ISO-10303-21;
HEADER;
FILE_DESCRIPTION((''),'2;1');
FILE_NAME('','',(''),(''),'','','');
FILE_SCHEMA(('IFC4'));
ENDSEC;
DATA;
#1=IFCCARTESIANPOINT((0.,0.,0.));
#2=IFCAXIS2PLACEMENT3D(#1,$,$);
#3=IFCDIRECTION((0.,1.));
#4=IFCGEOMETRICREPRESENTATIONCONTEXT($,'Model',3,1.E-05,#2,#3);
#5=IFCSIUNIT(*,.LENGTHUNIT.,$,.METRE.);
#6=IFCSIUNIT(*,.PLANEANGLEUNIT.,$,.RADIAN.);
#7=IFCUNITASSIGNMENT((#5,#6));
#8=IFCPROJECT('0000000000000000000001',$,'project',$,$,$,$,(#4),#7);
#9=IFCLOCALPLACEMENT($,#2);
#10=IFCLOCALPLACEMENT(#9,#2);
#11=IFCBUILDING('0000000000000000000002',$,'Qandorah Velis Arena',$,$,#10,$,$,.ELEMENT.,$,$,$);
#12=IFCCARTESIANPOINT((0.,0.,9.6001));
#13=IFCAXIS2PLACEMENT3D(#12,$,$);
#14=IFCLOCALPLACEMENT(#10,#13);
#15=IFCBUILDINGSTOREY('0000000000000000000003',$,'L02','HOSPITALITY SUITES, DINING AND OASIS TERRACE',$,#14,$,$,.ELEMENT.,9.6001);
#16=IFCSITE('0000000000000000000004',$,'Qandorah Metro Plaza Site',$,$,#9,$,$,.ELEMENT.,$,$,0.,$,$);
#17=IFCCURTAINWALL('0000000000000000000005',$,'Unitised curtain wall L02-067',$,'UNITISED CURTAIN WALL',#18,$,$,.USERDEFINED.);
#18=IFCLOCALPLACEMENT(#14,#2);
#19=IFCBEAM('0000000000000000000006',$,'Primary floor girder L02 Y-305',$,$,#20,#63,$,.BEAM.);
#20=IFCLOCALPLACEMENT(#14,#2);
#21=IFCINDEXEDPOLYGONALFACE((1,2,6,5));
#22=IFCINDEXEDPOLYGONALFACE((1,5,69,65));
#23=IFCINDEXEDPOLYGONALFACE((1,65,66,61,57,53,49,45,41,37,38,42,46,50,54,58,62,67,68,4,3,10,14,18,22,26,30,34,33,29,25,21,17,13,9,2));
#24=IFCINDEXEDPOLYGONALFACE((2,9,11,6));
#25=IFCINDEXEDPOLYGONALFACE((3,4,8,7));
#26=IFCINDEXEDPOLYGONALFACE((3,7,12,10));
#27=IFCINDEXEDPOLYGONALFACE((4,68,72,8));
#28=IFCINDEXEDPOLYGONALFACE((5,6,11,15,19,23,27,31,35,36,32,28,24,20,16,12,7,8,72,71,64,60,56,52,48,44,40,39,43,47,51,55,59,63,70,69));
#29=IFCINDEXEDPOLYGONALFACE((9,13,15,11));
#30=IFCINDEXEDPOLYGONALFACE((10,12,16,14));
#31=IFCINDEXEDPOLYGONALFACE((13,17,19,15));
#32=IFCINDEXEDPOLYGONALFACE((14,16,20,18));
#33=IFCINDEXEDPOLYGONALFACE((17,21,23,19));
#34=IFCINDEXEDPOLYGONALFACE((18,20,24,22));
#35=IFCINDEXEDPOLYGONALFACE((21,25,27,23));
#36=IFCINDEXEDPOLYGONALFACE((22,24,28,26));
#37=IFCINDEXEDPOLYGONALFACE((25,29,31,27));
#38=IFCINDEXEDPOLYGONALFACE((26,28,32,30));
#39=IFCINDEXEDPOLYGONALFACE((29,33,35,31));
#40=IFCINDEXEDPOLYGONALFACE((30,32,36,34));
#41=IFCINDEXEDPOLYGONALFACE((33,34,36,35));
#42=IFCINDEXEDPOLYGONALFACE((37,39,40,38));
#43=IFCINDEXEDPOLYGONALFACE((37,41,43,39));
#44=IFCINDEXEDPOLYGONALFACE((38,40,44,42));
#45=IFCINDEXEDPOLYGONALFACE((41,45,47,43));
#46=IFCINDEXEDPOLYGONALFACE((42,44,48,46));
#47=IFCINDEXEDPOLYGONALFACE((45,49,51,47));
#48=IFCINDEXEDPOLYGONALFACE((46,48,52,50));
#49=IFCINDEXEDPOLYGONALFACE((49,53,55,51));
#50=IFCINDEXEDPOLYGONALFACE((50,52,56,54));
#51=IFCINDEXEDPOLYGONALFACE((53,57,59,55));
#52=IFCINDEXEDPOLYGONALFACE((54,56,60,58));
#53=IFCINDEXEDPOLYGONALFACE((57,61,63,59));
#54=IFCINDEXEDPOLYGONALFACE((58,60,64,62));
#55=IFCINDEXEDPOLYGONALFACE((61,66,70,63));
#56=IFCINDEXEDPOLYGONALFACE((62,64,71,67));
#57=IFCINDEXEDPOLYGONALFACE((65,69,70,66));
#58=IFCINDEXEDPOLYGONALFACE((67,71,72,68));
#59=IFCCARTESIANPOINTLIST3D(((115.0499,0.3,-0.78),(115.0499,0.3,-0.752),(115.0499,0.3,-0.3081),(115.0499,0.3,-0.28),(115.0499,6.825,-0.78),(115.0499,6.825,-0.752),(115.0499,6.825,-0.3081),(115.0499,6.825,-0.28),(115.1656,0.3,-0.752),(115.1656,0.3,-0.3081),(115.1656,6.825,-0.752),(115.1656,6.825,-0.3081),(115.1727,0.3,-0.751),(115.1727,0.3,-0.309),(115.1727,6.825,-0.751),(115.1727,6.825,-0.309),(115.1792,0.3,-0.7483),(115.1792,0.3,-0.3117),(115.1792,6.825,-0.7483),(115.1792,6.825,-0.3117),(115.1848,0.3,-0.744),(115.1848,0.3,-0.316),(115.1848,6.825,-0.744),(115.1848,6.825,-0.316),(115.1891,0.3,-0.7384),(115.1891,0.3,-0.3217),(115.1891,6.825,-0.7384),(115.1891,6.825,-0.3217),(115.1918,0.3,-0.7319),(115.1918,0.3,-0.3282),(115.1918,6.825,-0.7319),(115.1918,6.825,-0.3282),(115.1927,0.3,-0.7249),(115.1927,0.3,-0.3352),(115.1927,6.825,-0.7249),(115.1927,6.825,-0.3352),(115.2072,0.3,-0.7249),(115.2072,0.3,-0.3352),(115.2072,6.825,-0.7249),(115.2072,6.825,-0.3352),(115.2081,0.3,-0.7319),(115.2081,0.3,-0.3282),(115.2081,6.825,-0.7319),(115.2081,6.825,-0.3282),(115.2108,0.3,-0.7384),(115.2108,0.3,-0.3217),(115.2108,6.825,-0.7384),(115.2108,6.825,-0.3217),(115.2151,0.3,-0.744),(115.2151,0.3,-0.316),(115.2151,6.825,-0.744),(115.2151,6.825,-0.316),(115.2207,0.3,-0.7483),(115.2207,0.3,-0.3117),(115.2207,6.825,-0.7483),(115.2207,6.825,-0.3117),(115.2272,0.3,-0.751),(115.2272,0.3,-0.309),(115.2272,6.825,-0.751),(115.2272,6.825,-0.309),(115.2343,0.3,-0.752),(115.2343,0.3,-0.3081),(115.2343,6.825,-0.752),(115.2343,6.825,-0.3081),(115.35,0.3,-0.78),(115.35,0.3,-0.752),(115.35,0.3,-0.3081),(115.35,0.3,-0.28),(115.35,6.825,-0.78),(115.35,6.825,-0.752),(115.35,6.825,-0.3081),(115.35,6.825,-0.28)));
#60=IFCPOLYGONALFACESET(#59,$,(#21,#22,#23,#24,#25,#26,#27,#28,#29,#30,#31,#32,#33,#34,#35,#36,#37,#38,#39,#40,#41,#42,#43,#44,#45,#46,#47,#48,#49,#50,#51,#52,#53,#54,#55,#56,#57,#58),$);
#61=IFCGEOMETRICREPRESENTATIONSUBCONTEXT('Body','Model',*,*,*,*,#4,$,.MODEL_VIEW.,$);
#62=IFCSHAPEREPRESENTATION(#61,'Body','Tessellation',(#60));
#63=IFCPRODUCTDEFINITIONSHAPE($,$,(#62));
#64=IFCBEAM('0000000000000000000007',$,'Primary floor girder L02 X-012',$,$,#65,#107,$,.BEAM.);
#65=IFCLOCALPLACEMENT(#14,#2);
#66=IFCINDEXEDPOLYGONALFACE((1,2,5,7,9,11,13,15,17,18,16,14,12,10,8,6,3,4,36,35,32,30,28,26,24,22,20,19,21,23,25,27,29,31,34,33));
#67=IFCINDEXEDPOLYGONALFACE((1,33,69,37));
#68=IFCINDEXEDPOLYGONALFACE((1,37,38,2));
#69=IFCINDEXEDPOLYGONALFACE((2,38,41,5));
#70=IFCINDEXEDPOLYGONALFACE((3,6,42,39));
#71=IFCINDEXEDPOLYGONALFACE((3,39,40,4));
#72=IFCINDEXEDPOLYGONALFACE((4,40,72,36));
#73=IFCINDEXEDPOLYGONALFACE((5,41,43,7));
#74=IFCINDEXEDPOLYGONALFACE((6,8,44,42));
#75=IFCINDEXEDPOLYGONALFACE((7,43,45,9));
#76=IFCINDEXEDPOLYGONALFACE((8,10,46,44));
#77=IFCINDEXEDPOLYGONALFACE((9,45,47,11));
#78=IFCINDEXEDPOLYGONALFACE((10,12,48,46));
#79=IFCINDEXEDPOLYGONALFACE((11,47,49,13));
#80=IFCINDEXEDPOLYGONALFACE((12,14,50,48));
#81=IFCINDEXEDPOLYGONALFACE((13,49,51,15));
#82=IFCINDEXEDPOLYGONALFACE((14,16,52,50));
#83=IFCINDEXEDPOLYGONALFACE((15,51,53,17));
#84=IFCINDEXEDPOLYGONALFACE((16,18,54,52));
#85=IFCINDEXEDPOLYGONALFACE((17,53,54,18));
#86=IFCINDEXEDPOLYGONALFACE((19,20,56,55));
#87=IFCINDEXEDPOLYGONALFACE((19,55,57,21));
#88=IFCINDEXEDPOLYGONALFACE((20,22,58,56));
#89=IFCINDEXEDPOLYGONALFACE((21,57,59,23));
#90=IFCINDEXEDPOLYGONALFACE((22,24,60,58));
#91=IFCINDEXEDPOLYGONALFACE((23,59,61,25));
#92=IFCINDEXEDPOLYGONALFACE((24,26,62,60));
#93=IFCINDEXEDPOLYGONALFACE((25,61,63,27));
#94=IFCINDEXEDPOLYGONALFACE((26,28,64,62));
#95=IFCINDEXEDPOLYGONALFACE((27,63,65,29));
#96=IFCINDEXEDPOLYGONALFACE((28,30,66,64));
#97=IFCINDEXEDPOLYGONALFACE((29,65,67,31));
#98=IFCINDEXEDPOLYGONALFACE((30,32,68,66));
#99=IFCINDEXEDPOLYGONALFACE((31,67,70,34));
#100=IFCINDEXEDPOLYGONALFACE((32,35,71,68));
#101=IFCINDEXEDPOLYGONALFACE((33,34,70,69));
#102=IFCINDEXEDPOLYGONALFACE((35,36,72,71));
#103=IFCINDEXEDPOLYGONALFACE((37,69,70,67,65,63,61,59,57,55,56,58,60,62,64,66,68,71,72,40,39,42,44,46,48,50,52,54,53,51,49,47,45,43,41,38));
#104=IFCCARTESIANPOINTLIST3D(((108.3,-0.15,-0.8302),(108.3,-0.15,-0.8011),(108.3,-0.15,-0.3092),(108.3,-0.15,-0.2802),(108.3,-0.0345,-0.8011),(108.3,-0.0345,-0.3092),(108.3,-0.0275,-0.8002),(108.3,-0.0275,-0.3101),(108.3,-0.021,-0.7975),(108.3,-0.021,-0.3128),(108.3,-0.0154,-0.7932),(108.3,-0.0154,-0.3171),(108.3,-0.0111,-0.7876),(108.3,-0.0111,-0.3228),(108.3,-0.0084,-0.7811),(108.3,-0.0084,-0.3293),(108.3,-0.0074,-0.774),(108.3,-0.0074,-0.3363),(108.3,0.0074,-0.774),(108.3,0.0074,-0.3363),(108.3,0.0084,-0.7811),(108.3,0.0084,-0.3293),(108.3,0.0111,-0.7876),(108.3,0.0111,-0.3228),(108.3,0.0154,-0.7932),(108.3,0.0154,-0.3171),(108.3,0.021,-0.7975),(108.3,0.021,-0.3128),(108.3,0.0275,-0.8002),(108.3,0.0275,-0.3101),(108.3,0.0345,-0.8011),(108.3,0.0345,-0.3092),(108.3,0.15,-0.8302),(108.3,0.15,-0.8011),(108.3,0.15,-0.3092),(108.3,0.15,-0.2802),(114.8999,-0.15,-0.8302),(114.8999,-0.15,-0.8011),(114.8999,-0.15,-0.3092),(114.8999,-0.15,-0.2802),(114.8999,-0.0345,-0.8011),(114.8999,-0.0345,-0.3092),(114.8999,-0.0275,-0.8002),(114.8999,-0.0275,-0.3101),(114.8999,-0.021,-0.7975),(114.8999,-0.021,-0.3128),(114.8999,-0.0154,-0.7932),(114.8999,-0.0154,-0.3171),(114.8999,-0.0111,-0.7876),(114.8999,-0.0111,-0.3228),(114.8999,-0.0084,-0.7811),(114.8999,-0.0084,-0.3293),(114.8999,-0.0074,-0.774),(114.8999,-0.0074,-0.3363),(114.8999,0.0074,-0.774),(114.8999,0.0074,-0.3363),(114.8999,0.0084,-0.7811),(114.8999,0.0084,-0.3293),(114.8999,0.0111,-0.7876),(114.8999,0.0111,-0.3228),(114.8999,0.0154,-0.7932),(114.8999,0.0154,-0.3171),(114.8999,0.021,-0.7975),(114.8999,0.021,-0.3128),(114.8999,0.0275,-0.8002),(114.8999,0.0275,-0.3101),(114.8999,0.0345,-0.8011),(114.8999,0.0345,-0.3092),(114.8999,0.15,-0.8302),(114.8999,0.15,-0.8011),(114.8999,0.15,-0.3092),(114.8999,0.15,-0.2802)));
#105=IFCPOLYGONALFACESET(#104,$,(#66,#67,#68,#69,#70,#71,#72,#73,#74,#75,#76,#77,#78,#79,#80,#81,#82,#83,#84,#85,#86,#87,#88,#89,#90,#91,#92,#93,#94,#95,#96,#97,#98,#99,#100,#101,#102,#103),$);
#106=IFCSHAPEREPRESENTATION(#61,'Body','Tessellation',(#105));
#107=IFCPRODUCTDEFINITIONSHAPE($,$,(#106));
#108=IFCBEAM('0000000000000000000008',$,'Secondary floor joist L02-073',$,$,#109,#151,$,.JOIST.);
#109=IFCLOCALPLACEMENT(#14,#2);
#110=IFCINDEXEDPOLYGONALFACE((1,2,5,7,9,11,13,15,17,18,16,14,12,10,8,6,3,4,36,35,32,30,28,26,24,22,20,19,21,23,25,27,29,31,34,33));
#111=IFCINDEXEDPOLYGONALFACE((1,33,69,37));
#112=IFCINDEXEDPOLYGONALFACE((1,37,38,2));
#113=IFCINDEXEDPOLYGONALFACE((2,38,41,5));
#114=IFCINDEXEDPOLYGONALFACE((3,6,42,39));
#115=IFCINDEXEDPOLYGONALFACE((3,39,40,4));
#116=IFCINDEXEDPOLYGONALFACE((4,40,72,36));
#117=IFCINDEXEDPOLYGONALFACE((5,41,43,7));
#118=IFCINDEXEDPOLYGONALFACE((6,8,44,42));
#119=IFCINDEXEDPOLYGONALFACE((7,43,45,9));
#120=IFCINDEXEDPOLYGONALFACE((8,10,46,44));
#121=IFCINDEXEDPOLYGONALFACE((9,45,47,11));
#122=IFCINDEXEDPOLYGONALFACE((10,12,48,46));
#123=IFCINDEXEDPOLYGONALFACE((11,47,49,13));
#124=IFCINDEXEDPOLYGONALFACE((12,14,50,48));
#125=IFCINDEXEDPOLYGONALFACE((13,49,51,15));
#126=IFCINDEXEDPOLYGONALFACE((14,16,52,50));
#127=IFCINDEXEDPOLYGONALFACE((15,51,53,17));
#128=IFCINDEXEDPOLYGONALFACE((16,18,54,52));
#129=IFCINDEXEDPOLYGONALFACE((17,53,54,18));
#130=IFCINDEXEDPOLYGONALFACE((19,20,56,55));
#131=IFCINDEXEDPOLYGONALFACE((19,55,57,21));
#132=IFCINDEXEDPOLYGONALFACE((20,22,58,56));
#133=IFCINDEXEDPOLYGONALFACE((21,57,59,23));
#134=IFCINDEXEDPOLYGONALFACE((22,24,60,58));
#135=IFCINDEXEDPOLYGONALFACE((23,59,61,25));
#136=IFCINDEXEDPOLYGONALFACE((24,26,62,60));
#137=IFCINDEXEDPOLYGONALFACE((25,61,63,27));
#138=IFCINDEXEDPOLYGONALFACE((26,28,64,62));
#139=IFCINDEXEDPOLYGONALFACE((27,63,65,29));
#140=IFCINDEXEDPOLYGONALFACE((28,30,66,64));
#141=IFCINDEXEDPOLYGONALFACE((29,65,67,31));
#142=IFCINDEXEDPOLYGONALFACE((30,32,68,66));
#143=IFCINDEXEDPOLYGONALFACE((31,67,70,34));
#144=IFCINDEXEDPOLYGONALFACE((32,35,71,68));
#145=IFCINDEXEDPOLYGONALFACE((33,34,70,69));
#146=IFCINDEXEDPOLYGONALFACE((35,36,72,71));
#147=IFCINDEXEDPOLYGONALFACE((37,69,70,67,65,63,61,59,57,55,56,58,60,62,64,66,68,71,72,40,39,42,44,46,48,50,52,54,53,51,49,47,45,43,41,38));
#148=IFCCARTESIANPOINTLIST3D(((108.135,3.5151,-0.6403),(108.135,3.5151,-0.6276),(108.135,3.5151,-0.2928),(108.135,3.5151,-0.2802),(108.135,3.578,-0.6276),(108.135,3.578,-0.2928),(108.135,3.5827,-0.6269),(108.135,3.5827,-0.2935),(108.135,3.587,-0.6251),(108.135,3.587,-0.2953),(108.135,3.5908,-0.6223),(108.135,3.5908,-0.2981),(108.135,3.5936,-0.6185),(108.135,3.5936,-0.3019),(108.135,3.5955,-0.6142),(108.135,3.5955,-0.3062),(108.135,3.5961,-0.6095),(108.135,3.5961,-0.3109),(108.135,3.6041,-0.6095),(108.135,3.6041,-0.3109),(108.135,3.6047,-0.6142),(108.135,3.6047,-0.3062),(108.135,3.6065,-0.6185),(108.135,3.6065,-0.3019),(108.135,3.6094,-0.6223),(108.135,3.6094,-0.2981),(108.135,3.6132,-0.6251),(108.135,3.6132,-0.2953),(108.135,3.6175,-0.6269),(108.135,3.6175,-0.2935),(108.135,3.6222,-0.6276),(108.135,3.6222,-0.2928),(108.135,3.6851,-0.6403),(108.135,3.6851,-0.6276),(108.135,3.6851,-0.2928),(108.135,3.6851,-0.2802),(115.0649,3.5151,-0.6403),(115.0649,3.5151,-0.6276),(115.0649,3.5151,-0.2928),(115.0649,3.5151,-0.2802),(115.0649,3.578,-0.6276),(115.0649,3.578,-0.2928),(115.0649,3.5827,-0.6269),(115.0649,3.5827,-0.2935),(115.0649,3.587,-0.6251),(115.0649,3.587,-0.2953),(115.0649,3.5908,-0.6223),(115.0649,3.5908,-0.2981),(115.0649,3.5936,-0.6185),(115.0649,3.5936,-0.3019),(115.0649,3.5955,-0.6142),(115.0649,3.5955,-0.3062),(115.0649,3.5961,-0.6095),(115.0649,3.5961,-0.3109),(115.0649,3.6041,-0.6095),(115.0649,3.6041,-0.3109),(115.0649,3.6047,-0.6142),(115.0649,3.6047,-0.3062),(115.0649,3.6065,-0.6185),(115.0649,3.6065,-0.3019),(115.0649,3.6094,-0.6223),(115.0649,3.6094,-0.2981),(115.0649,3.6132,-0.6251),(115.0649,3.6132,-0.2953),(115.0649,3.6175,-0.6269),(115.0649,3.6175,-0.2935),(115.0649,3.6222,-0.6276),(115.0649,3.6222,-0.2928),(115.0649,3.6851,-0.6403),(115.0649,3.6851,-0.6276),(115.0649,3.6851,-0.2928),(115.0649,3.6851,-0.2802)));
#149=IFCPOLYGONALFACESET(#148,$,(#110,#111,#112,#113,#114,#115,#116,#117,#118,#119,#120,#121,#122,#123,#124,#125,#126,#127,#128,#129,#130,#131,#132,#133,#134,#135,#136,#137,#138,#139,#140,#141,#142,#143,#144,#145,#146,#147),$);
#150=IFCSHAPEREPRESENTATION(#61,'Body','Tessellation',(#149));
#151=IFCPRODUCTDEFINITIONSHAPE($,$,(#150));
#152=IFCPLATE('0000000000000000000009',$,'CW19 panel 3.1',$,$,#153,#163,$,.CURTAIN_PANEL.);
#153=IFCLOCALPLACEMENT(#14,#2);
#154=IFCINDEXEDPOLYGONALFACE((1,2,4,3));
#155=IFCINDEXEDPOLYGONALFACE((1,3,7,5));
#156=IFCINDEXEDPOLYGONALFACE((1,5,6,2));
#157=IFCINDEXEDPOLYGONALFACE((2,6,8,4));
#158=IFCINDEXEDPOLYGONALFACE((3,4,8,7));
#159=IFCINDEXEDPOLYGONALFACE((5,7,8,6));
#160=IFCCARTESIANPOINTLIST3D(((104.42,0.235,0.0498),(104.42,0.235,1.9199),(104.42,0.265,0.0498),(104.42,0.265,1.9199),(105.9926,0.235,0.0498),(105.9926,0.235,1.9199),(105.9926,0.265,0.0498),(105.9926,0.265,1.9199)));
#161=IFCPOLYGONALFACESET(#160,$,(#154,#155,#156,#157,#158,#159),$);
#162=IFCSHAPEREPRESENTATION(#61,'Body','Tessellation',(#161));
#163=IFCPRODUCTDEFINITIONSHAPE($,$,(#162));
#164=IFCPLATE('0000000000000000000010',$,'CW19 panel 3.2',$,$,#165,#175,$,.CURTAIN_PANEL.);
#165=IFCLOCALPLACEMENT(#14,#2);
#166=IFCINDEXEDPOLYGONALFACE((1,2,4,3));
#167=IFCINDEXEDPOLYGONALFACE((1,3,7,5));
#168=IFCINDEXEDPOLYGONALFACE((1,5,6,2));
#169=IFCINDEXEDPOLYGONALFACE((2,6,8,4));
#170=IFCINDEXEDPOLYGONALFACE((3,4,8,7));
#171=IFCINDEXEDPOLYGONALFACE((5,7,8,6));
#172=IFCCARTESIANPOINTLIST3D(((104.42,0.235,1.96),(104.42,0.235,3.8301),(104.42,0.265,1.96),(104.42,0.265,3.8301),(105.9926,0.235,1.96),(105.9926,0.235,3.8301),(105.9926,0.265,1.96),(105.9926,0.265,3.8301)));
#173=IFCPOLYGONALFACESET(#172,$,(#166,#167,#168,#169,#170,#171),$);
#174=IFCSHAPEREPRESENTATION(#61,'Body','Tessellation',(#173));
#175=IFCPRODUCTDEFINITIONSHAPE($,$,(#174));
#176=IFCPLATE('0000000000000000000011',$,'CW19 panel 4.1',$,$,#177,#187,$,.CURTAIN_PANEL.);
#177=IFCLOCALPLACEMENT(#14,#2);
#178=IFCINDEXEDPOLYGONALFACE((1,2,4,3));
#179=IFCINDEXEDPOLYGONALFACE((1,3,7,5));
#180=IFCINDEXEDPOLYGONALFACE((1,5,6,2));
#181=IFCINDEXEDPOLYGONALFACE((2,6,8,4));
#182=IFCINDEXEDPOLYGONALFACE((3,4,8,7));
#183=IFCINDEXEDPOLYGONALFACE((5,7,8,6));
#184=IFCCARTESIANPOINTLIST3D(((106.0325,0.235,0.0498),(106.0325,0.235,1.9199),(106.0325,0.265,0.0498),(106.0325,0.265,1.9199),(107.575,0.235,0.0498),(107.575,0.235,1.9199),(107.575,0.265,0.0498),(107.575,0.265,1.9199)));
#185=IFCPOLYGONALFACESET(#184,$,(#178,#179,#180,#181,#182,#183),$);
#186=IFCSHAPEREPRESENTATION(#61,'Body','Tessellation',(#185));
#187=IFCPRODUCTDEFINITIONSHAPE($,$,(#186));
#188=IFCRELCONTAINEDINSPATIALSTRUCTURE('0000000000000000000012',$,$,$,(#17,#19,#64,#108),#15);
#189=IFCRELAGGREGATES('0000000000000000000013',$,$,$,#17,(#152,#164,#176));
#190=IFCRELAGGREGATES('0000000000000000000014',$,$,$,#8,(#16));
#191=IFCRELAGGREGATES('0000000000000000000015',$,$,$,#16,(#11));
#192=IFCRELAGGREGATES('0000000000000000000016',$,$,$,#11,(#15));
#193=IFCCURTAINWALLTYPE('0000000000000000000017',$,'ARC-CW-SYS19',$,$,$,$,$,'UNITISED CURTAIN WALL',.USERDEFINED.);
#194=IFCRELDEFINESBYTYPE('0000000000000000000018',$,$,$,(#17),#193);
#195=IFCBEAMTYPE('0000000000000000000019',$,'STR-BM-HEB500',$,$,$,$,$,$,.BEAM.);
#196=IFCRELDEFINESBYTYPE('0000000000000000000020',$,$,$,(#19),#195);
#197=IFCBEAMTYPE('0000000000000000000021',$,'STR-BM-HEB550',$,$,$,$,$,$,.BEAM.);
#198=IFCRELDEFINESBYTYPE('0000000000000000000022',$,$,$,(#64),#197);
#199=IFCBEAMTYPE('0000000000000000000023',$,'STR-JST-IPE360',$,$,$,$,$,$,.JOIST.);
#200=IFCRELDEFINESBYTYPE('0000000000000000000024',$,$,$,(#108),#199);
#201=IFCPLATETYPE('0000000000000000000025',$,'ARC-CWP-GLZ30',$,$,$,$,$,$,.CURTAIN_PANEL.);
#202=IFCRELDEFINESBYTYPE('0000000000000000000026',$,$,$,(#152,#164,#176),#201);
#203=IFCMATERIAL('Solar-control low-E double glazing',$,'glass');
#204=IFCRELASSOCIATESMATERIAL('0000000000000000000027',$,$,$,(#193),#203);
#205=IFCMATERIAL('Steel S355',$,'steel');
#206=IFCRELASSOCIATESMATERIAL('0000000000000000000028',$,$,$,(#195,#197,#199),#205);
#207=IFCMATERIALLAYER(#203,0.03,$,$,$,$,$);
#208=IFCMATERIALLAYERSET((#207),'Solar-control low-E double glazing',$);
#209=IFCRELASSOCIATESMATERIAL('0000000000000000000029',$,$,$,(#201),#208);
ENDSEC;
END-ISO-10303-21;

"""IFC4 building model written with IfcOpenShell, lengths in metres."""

from ifc_helpers import new_model, si_unit, direction, frame, origin, origin_2d, place, context, subcontext, project, spatial, rectangle, i_section, extrude, material, layer, layer_set, material_profile, profile_set, type_object, element, aggregate, save


model = new_model("IFC4")

# Units and contexts
model_context = context("Model", 3, precision=1e-05, world=origin(), true_north=direction((0.0, 1.0)))
body_context = subcontext(model_context, "Body", "Model", "MODEL_VIEW")
ifc_project = project(units=[si_unit("LENGTHUNIT", "METRE"), si_unit("PLANEANGLEUNIT", "RADIAN")], contexts=[model_context])

# Site, building, storey
site_placement = place(None, origin())
site = spatial("IfcSite", under=ifc_project, at=site_placement, Name="Qandorah Metro Plaza Site", CompositionType="ELEMENT", RefElevation=0.0)
building_placement = place(site_placement, origin())
building = spatial("IfcBuilding", under=site, at=building_placement, Name="Qandorah Velis Arena", CompositionType="ELEMENT")
storey_placement = place(building_placement, frame((0.0, 0.0, 9.6001)))
storey = spatial("IfcBuildingStorey", under=building, at=storey_placement, Name="L02", Description="HOSPITALITY SUITES, DINING AND OASIS TERRACE", CompositionType="ELEMENT", Elevation=9.6001)

# Shared definitions
ifc_material_1 = material(Name="Steel S355", Category="steel")

# Curtain wall
ifc_material_2 = material(Name="Solar-control low-E double glazing", Category="glass")
curtain_wall_type = type_object("IfcCurtainWallType", Name="ARC-CW-SYS19", ElementType="UNITISED CURTAIN WALL", PredefinedType="USERDEFINED", material=ifc_material_2)
curtain_wall_placement = place(storey_placement, origin())
curtain_wall = element("IfcCurtainWall", 1, at=curtain_wall_placement, inside=storey, type_object=curtain_wall_type, Name="Unitised curtain wall L02-067", ObjectType="UNITISED CURTAIN WALL", PredefinedType="USERDEFINED")

# Beams
ifc_material_profile_1 = material_profile(ifc_material_1, i_section(OverallWidth=0.3, OverallDepth=0.5, WebThickness=0.0144, FlangeThickness=0.0281, FilletRadius=0.0271, at=origin_2d()), Name="HEB 500")
ifc_profile_set_1 = profile_set([ifc_material_profile_1], Name="Steel S355")
beam_type_1 = type_object("IfcBeamType", Name="STR-BM-HEB500", PredefinedType="BEAM", material=ifc_profile_set_1)
beam_1_placement = place(storey_placement, frame((115.2, 0.3, -0.53), z_axis=(0.0, 1.0, 0.0), x_axis=(-1.0, 0.0, 0.0)))
element("IfcBeam", 2, at=beam_1_placement, inside=storey, type_object=beam_type_1, Name="Primary floor girder L02 Y-305", PredefinedType="BEAM", context=body_context, shape_type="SweptSolid", body=[
    extrude(i_section(OverallWidth=0.3, OverallDepth=0.5, WebThickness=0.0144, FlangeThickness=0.0281, FilletRadius=0.0271, at=origin_2d()), origin(), (0.0, 0.0, 1.0), 6.5249),
])
ifc_material_profile_2 = material_profile(ifc_material_1, i_section(OverallWidth=0.3, OverallDepth=0.55, WebThickness=0.0149, FlangeThickness=0.0291, FilletRadius=0.0271, at=origin_2d()), Name="HEB 550")
ifc_profile_set_2 = profile_set([ifc_material_profile_2], Name="Steel S355")
beam_type_2 = type_object("IfcBeamType", Name="STR-BM-HEB550", PredefinedType="BEAM", material=ifc_profile_set_2)
beam_2_placement = place(storey_placement, frame((108.3, 0.0, -0.5552), z_axis=(1.0, 0.0, 0.0), x_axis=(0.0, 1.0, 0.0)))
element("IfcBeam", 3, at=beam_2_placement, inside=storey, type_object=beam_type_2, Name="Primary floor girder L02 X-012", PredefinedType="BEAM", context=body_context, shape_type="SweptSolid", body=[
    extrude(i_section(OverallWidth=0.3, OverallDepth=0.55, WebThickness=0.0149, FlangeThickness=0.0291, FilletRadius=0.0271, at=origin_2d()), origin(), (0.0, 0.0, 1.0), 6.5999),
])
ifc_material_profile_3 = material_profile(ifc_material_1, i_section(OverallWidth=0.1699, OverallDepth=0.3601, WebThickness=0.0081, FlangeThickness=0.0127, FilletRadius=0.0181, at=origin_2d()), Name="IPE 360")
ifc_profile_set_3 = profile_set([ifc_material_profile_3], Name="Steel S355")
beam_type_3 = type_object("IfcBeamType", Name="STR-JST-IPE360", PredefinedType="JOIST", material=ifc_profile_set_3)
beam_3_placement = place(storey_placement, frame((108.135, 3.6001, -0.4602), z_axis=(1.0, 0.0, 0.0), x_axis=(0.0, 1.0, 0.0)))
element("IfcBeam", 4, at=beam_3_placement, inside=storey, type_object=beam_type_3, Name="Secondary floor joist L02-073", PredefinedType="JOIST", context=body_context, shape_type="SweptSolid", body=[
    extrude(i_section(OverallWidth=0.1699, OverallDepth=0.3601, WebThickness=0.0081, FlangeThickness=0.0127, FilletRadius=0.0181, at=origin_2d()), origin(), (0.0, 0.0, 1.0), 6.9299),
])

# Plates
ifc_layer_1 = layer(ifc_material_2, 0.03)
ifc_layer_set_1 = layer_set([ifc_layer_1], Name="Solar-control low-E double glazing")
plate_type = type_object("IfcPlateType", Name="ARC-CWP-GLZ30", PredefinedType="CURTAIN_PANEL", material=ifc_layer_set_1)
plate_1_placement = place(storey_placement, frame((105.2063, 0.25, 0.0498), z_axis=(0.0, 0.0, 1.0), x_axis=(1.0, 0.0, 0.0)))
plate_1 = element("IfcPlate", 5, at=plate_1_placement, type_object=plate_type, Name="CW19 panel 3.1", PredefinedType="CURTAIN_PANEL", context=body_context, shape_type="SweptSolid", body=[
    extrude(rectangle(XDim=1.5725, YDim=0.03, at=origin_2d()), origin(), (0.0, 0.0, 1.0), 1.8701),
])
plate_2_placement = place(storey_placement, frame((105.2063, 0.25, 1.96), z_axis=(0.0, 0.0, 1.0), x_axis=(1.0, 0.0, 0.0)))
plate_2 = element("IfcPlate", 6, at=plate_2_placement, type_object=plate_type, Name="CW19 panel 3.2", PredefinedType="CURTAIN_PANEL", context=body_context, shape_type="SweptSolid", body=[
    extrude(rectangle(XDim=1.5725, YDim=0.03, at=origin_2d()), origin(), (0.0, 0.0, 1.0), 1.8701),
])
plate_3_placement = place(storey_placement, frame((106.8037, 0.25, 0.0498), z_axis=(0.0, 0.0, 1.0), x_axis=(1.0, 0.0, 0.0)))
plate_3 = element("IfcPlate", 7, at=plate_3_placement, type_object=plate_type, Name="CW19 panel 4.1", PredefinedType="CURTAIN_PANEL", context=body_context, shape_type="SweptSolid", body=[
    extrude(rectangle(XDim=1.5425, YDim=0.03, at=origin_2d()), origin(), (0.0, 0.0, 1.0), 1.8701),
])
aggregate(curtain_wall, [plate_1, plate_2, plate_3])

save(model, "model.ifc")
